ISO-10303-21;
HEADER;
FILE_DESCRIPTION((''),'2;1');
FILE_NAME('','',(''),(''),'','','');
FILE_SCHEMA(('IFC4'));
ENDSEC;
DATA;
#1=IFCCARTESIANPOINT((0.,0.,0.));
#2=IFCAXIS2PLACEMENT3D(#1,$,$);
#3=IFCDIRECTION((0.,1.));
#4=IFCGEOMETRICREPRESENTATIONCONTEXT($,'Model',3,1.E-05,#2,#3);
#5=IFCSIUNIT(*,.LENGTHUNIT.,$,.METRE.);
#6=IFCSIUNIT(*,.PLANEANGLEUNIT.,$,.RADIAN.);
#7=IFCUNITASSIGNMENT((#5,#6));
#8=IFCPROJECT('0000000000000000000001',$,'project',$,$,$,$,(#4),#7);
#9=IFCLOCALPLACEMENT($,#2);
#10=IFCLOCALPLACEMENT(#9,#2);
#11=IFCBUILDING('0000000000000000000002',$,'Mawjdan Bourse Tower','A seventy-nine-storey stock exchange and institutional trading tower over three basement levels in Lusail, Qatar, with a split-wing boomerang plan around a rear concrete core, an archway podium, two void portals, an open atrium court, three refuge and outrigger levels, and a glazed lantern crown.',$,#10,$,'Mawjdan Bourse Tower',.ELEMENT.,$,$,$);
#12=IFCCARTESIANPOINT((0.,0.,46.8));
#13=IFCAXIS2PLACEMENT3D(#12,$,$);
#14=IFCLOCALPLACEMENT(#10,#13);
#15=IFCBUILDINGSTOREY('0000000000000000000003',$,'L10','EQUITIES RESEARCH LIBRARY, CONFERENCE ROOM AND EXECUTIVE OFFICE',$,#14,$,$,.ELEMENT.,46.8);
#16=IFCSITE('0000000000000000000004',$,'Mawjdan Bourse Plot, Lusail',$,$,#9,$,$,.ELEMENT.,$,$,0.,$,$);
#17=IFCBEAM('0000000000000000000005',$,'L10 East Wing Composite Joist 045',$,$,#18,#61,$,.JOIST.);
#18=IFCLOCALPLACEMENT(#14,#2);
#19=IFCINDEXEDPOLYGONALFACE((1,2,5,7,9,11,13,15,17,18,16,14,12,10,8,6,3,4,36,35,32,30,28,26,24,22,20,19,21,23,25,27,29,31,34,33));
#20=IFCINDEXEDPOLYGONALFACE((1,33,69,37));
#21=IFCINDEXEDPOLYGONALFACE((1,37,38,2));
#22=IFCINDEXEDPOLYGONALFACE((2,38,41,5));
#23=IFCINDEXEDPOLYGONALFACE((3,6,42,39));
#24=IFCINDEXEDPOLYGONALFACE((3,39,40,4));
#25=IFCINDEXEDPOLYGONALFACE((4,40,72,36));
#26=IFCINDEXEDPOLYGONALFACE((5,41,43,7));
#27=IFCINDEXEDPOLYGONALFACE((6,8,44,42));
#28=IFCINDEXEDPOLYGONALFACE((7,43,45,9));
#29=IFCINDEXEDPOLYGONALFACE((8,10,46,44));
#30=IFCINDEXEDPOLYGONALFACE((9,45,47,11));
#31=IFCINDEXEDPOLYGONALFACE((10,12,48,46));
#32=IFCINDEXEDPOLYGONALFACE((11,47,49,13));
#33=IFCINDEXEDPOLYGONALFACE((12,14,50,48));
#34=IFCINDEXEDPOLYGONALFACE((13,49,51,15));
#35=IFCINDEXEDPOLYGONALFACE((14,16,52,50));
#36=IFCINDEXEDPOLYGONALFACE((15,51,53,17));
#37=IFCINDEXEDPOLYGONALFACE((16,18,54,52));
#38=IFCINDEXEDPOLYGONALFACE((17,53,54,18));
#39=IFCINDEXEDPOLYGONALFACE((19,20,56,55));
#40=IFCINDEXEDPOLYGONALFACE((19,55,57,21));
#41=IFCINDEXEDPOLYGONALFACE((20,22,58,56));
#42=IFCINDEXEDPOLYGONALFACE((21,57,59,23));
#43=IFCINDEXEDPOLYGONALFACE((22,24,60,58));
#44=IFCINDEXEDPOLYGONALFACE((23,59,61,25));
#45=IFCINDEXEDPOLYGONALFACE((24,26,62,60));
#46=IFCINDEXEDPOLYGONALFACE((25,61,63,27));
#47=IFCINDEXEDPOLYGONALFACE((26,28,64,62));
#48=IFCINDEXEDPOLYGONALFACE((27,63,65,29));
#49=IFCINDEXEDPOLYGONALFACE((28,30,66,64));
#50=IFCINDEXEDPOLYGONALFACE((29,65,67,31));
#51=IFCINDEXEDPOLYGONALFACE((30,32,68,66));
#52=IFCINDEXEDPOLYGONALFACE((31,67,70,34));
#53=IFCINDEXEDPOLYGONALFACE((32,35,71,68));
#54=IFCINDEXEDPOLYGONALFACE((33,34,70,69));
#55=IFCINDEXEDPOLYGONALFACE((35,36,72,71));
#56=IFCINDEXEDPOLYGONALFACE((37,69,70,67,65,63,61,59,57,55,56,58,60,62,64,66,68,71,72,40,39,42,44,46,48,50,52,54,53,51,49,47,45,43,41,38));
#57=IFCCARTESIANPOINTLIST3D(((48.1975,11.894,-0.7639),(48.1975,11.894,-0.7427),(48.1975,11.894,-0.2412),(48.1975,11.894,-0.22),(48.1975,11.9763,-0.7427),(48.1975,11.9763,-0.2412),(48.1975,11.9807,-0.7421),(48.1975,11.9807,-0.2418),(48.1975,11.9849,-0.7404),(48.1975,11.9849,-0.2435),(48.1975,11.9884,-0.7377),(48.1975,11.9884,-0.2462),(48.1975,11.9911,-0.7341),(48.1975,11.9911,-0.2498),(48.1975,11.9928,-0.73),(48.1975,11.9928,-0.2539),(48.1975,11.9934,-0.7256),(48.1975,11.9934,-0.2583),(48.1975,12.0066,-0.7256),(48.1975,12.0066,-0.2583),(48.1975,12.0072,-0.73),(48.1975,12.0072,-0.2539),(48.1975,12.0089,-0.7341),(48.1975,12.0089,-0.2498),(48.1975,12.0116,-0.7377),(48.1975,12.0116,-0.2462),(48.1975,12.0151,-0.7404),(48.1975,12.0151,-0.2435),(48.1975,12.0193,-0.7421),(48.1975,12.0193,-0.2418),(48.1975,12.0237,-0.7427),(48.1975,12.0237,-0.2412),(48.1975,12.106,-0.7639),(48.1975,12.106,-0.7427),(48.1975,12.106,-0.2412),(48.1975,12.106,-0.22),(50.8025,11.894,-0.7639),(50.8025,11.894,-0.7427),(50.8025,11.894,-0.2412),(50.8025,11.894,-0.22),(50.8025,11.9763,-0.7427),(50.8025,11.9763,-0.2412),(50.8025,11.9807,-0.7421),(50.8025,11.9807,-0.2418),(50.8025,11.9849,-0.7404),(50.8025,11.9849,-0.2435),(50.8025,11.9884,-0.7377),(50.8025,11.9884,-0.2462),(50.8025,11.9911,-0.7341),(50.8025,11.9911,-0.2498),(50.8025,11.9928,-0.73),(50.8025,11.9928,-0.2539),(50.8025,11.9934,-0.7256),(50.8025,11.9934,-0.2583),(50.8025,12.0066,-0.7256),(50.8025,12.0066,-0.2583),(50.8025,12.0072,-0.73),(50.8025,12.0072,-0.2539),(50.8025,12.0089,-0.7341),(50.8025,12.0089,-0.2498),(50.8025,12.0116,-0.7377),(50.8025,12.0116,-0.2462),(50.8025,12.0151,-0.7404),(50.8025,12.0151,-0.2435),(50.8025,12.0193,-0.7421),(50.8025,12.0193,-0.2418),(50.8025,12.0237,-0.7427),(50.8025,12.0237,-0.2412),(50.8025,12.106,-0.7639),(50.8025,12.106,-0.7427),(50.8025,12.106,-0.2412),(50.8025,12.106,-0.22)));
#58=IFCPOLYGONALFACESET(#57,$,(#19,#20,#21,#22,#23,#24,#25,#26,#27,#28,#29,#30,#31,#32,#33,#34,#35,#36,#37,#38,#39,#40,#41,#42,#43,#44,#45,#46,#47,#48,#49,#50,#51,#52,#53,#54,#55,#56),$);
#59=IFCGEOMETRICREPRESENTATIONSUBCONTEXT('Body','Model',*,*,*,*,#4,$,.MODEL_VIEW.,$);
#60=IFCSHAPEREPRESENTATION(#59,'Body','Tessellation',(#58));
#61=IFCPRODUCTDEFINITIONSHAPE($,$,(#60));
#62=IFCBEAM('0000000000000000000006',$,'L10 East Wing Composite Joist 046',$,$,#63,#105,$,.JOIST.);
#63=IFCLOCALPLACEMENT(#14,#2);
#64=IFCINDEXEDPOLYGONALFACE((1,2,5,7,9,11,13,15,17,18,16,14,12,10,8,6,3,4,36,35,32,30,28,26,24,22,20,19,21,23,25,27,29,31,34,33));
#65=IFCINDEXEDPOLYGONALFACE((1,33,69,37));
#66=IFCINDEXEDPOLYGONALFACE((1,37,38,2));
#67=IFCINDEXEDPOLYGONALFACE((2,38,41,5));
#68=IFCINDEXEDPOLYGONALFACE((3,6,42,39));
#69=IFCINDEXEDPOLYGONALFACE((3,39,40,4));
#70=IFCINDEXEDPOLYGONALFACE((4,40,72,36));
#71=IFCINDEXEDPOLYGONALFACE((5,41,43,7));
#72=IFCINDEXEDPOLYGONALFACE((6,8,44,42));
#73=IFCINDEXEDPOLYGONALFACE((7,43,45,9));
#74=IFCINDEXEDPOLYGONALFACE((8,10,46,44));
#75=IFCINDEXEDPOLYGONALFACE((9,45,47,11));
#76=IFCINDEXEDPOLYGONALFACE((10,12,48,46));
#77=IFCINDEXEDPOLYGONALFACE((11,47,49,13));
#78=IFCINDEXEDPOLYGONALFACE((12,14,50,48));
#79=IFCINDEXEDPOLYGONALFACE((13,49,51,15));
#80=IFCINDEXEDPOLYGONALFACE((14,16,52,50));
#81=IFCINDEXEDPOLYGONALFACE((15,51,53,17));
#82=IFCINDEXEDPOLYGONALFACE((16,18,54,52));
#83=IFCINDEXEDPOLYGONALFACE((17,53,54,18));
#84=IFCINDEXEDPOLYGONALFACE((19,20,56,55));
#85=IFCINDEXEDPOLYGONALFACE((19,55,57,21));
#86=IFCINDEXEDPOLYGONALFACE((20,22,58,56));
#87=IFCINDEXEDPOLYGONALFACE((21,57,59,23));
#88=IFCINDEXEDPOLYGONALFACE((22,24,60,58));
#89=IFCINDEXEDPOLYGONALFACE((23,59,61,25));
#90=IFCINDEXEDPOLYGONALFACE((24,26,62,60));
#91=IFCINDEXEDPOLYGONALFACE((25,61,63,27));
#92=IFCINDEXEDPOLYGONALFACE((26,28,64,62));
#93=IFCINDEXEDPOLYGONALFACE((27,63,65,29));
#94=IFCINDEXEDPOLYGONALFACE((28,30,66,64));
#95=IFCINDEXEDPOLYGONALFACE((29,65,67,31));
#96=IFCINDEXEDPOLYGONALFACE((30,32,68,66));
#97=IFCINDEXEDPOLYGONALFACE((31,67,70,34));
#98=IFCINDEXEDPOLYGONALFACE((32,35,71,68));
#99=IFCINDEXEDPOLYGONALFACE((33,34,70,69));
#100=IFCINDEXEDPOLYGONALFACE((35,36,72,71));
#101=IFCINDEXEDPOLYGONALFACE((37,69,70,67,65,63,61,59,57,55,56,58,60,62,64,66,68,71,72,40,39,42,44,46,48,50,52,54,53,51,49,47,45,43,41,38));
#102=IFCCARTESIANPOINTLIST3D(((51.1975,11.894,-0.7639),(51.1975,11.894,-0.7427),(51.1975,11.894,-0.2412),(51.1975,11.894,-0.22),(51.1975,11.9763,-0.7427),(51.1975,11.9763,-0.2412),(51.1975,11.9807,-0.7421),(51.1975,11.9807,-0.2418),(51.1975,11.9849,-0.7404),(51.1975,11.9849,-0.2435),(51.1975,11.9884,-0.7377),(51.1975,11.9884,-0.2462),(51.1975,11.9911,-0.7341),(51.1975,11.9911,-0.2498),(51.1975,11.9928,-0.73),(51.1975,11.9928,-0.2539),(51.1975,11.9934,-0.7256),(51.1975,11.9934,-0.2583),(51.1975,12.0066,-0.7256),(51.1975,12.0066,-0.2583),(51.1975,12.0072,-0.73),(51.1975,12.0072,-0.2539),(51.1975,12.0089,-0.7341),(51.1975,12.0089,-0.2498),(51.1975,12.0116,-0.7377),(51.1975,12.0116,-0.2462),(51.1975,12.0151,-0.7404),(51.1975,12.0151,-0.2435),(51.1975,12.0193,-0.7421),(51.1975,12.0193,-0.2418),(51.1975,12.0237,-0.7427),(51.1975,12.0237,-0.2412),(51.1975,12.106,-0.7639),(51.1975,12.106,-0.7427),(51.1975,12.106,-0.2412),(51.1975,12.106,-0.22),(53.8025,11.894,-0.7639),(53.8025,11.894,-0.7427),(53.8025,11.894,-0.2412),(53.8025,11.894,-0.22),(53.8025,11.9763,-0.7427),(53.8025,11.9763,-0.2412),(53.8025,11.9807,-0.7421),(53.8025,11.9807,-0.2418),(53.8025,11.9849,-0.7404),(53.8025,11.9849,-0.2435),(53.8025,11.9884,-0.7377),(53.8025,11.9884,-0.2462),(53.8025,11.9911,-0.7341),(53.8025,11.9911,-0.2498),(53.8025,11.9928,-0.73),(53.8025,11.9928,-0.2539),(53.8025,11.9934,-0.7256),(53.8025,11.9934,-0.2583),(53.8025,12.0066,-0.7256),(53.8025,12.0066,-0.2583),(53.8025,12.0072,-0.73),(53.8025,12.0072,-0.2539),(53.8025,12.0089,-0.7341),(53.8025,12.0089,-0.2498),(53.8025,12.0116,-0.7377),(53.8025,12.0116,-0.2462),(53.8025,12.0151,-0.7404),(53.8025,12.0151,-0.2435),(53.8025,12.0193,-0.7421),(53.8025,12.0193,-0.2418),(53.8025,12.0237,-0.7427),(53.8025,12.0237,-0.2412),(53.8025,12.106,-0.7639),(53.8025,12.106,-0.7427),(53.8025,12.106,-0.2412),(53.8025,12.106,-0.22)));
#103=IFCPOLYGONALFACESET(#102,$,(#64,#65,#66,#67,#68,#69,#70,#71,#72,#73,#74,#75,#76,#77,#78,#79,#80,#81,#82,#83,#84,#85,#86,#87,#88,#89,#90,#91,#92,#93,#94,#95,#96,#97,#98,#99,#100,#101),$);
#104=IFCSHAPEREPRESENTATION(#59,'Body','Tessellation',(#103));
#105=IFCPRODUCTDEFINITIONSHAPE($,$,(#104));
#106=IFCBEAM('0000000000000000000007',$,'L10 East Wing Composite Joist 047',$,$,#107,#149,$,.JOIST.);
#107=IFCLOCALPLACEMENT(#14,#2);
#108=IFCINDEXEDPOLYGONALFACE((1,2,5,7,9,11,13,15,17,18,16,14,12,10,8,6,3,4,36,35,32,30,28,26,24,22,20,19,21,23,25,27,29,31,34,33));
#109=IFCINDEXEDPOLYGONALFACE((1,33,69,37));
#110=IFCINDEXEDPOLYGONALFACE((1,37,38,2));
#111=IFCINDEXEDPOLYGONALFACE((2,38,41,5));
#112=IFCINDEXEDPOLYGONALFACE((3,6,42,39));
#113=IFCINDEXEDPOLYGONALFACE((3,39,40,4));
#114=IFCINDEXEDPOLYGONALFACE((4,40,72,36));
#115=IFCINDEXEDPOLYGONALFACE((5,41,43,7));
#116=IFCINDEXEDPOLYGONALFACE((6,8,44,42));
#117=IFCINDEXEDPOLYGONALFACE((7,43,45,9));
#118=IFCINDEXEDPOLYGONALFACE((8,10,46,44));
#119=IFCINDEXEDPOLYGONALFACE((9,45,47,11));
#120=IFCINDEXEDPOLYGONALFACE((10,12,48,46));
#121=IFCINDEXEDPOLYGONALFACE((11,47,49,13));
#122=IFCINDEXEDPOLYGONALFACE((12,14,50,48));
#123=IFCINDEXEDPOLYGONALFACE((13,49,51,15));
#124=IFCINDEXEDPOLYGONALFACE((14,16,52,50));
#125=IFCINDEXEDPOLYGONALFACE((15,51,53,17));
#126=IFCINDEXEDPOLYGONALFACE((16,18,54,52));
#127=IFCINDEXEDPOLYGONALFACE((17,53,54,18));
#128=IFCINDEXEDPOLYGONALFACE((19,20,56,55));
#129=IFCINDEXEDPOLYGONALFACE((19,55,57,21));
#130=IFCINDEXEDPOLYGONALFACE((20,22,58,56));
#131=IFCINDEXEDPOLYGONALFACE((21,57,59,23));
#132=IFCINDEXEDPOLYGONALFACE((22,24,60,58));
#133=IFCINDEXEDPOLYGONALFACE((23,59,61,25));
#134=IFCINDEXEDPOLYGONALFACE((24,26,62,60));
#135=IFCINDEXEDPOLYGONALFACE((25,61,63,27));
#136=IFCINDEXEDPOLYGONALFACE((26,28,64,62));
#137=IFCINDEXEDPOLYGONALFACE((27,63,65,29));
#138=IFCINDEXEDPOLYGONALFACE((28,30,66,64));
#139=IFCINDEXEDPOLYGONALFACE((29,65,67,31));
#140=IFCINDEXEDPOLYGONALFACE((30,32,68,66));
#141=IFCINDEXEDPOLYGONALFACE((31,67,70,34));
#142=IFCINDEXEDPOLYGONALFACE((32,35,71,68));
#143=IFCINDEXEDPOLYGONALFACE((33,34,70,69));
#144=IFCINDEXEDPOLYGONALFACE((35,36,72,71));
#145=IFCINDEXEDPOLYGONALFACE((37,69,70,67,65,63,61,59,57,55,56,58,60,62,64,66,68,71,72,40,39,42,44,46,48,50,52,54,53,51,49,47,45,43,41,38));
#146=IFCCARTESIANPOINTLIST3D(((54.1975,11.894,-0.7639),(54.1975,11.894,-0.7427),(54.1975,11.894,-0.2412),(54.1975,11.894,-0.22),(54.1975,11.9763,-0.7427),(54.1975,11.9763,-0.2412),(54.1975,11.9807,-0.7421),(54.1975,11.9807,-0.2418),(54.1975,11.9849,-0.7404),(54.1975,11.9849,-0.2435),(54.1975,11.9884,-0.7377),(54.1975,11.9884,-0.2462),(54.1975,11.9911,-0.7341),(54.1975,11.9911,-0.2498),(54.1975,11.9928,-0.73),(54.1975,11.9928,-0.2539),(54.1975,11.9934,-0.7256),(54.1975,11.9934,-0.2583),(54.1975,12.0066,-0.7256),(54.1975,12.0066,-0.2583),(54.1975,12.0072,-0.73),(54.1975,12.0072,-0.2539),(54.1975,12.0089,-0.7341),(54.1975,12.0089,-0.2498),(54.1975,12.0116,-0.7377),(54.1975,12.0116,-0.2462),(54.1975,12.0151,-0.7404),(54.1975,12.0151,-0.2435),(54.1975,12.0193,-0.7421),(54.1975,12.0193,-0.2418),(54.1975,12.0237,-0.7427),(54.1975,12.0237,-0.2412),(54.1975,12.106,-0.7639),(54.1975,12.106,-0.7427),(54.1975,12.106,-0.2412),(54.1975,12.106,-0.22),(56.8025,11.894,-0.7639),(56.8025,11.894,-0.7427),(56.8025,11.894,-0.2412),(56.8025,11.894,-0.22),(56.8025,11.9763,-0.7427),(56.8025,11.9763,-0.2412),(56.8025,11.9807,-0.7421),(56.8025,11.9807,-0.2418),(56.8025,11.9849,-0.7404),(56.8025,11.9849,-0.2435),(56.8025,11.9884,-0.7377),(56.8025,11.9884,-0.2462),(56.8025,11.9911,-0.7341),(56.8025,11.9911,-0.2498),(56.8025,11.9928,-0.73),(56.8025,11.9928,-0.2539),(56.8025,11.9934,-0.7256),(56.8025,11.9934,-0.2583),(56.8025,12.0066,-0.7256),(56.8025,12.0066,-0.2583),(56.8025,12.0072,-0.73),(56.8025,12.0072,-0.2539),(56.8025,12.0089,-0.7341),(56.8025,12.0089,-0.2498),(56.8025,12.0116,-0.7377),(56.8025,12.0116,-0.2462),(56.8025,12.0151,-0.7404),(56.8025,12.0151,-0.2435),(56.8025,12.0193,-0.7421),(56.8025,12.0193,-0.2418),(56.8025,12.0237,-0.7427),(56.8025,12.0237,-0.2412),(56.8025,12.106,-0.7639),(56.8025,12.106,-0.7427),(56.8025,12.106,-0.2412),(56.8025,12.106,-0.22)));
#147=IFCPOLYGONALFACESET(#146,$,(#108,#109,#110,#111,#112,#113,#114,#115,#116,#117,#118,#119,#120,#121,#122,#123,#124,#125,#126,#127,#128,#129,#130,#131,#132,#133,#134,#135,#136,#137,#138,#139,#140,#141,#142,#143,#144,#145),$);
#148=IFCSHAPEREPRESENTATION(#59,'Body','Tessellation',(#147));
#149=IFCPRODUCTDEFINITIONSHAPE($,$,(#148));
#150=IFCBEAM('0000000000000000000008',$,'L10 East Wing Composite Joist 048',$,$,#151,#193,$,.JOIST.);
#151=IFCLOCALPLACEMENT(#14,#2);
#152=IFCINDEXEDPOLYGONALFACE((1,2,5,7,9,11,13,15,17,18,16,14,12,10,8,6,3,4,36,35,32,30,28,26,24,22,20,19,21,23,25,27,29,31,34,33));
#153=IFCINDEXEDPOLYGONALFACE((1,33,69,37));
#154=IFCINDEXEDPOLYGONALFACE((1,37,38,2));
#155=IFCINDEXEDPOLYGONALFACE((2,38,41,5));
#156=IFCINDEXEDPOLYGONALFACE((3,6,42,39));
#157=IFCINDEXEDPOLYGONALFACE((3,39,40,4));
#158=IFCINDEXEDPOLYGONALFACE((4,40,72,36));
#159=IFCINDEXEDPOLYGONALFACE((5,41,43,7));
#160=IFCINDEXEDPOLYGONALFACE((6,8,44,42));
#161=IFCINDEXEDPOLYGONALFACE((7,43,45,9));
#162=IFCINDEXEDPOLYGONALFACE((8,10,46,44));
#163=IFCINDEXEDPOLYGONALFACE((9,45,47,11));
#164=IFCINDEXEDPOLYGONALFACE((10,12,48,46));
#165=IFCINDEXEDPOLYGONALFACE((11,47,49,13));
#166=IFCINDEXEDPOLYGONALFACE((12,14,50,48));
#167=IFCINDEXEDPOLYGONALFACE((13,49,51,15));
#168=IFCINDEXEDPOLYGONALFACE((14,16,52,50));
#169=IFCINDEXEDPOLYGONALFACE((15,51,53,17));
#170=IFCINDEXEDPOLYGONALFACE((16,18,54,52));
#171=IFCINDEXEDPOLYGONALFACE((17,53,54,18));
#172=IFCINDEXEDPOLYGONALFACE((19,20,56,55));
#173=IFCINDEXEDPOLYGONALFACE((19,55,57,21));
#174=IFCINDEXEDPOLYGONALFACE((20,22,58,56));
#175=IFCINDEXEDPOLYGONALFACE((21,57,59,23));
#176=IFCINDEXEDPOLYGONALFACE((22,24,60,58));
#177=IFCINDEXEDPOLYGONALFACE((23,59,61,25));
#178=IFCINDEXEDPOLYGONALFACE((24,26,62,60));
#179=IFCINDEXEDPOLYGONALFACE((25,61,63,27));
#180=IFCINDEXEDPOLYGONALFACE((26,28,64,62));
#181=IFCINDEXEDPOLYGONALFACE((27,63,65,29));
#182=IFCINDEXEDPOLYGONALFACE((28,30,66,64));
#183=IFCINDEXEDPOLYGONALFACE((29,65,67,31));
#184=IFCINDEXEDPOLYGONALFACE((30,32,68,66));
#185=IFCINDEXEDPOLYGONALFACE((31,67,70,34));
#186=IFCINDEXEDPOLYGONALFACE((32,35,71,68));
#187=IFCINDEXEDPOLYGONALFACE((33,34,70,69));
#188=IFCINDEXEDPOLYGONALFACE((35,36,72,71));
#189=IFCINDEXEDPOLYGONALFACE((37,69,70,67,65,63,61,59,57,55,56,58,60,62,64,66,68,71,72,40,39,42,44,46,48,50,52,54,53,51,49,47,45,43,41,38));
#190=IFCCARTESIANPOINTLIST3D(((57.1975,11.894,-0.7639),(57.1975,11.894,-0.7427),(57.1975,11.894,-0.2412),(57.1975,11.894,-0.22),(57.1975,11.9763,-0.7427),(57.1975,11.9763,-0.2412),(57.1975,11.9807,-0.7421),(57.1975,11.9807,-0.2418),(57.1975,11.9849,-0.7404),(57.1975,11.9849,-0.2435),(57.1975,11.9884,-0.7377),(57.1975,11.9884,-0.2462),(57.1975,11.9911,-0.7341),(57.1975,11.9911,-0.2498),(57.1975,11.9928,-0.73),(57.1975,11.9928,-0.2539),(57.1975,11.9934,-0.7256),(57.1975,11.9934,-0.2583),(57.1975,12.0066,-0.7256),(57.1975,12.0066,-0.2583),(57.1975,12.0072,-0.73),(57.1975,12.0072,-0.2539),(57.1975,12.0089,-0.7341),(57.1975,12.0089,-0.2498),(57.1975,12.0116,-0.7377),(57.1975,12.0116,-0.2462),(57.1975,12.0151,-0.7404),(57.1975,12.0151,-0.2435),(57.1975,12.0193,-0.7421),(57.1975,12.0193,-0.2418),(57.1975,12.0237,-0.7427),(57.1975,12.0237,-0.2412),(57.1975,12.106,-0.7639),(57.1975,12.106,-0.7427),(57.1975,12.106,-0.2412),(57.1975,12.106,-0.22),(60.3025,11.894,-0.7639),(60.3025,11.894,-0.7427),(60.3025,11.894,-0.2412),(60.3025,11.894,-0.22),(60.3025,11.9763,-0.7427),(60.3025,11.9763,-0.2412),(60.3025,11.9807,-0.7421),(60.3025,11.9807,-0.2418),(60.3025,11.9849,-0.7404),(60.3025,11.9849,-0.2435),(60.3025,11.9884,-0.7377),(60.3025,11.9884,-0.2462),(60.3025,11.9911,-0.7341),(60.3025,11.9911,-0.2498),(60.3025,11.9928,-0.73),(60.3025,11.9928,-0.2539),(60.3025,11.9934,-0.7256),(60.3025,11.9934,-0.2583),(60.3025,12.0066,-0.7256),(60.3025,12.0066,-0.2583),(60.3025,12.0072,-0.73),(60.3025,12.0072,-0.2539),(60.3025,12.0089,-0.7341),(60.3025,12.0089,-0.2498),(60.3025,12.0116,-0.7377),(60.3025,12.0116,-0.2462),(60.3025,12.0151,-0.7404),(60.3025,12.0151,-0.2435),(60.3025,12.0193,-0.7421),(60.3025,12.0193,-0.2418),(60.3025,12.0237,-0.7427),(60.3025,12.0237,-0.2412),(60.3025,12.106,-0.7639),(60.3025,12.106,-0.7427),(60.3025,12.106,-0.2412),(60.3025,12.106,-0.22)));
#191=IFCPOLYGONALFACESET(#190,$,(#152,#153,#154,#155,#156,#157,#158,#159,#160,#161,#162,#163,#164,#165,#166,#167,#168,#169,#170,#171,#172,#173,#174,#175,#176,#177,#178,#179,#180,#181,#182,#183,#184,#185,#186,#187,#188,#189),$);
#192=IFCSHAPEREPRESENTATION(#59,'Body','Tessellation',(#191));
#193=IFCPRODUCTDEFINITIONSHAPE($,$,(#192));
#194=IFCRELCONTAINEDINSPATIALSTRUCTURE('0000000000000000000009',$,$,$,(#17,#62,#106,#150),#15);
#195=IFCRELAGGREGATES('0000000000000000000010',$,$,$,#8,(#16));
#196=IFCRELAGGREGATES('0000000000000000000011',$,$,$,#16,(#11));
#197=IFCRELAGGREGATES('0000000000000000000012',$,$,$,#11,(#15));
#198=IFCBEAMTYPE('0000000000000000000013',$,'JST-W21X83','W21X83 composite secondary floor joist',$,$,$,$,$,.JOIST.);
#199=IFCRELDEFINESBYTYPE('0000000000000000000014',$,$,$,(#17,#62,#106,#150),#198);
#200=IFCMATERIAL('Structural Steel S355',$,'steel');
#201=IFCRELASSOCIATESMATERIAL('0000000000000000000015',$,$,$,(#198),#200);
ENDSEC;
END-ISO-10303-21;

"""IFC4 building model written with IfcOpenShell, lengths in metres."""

from ifc_helpers import new_model, si_unit, direction, frame, origin, origin_2d, place, context, subcontext, project, spatial, i_section, extrude, material, material_profile, profile_set, type_object, element, save


model = new_model("IFC4")

# Units and contexts
model_context = context("Model", 3, precision=1e-05, world=origin(), true_north=direction((0.0, 1.0)))
body_context = subcontext(model_context, "Body", "Model", "MODEL_VIEW")
ifc_project = project(units=[si_unit("LENGTHUNIT", "METRE"), si_unit("PLANEANGLEUNIT", "RADIAN")], contexts=[model_context])

# Site, building, storey
site_placement = place(None, origin())
site = spatial("IfcSite", under=ifc_project, at=site_placement, Name="Mawjdan Bourse Plot, Lusail", CompositionType="ELEMENT", RefElevation=0.0)
building_placement = place(site_placement, origin())
building = spatial("IfcBuilding", under=site, at=building_placement, Name="Mawjdan Bourse Tower", Description="A seventy-nine-storey stock exchange and institutional trading tower over three basement levels in Lusail, Qatar, with a split-wing boomerang plan around a rear concrete core, an archway podium, two void portals, an open atrium court, three refuge and outrigger levels, and a glazed lantern crown.", LongName="Mawjdan Bourse Tower", CompositionType="ELEMENT")
storey_placement = place(building_placement, frame((0.0, 0.0, 46.8)))
storey = spatial("IfcBuildingStorey", under=building, at=storey_placement, Name="L10", Description="EQUITIES RESEARCH LIBRARY, CONFERENCE ROOM AND EXECUTIVE OFFICE", CompositionType="ELEMENT", Elevation=46.8)

# Beams
ifc_material_1 = material(Name="Structural Steel S355", Category="steel")
ifc_material_profile_1 = material_profile(ifc_material_1, i_section(OverallWidth=0.2119, OverallDepth=0.5439, WebThickness=0.0132, FlangeThickness=0.0212, FilletRadius=0.0171, at=origin_2d()), Name="W21X83")
ifc_profile_set_1 = profile_set([ifc_material_profile_1], Name="Structural Steel S355")
beam_type_1 = type_object("IfcBeamType", Name="JST-W21X83", Description="W21X83 composite secondary floor joist", PredefinedType="JOIST", material=ifc_profile_set_1)
for number, where, z_axis, x_axis, name in (
    (1, (48.1975, 12.0, -0.4919), (1.0, 0.0, 0.0), (0.0, 1.0, 0.0), "L10 East Wing Composite Joist 045"),
    (2, (51.1975, 12.0, -0.4919), (1.0, 0.0, 0.0), (0.0, 1.0, 0.0), "L10 East Wing Composite Joist 046"),
    (3, (54.1975, 12.0, -0.4919), (1.0, 0.0, 0.0), (0.0, 1.0, 0.0), "L10 East Wing Composite Joist 047"),
):
    element("IfcBeam", number, at=place(storey_placement, frame(where, z_axis=z_axis, x_axis=x_axis)), inside=storey, type_object=beam_type_1, Name=name, PredefinedType="JOIST", context=body_context, shape_type="SweptSolid", body=[
        extrude(i_section(OverallWidth=0.2119, OverallDepth=0.5439, WebThickness=0.0132, FlangeThickness=0.0212, FilletRadius=0.0171, at=origin_2d()), origin(), (0.0, 0.0, 1.0), 2.605),
    ])
beam_1_placement = place(storey_placement, frame((57.1975, 12.0, -0.4919), z_axis=(1.0, 0.0, 0.0), x_axis=(0.0, 1.0, 0.0)))
element("IfcBeam", 4, at=beam_1_placement, inside=storey, type_object=beam_type_1, Name="L10 East Wing Composite Joist 048", PredefinedType="JOIST", context=body_context, shape_type="SweptSolid", body=[
    extrude(i_section(OverallWidth=0.2119, OverallDepth=0.5439, WebThickness=0.0132, FlangeThickness=0.0212, FilletRadius=0.0171, at=origin_2d()), origin(), (0.0, 0.0, 1.0), 3.105),
])

save(model, "model.ifc")
